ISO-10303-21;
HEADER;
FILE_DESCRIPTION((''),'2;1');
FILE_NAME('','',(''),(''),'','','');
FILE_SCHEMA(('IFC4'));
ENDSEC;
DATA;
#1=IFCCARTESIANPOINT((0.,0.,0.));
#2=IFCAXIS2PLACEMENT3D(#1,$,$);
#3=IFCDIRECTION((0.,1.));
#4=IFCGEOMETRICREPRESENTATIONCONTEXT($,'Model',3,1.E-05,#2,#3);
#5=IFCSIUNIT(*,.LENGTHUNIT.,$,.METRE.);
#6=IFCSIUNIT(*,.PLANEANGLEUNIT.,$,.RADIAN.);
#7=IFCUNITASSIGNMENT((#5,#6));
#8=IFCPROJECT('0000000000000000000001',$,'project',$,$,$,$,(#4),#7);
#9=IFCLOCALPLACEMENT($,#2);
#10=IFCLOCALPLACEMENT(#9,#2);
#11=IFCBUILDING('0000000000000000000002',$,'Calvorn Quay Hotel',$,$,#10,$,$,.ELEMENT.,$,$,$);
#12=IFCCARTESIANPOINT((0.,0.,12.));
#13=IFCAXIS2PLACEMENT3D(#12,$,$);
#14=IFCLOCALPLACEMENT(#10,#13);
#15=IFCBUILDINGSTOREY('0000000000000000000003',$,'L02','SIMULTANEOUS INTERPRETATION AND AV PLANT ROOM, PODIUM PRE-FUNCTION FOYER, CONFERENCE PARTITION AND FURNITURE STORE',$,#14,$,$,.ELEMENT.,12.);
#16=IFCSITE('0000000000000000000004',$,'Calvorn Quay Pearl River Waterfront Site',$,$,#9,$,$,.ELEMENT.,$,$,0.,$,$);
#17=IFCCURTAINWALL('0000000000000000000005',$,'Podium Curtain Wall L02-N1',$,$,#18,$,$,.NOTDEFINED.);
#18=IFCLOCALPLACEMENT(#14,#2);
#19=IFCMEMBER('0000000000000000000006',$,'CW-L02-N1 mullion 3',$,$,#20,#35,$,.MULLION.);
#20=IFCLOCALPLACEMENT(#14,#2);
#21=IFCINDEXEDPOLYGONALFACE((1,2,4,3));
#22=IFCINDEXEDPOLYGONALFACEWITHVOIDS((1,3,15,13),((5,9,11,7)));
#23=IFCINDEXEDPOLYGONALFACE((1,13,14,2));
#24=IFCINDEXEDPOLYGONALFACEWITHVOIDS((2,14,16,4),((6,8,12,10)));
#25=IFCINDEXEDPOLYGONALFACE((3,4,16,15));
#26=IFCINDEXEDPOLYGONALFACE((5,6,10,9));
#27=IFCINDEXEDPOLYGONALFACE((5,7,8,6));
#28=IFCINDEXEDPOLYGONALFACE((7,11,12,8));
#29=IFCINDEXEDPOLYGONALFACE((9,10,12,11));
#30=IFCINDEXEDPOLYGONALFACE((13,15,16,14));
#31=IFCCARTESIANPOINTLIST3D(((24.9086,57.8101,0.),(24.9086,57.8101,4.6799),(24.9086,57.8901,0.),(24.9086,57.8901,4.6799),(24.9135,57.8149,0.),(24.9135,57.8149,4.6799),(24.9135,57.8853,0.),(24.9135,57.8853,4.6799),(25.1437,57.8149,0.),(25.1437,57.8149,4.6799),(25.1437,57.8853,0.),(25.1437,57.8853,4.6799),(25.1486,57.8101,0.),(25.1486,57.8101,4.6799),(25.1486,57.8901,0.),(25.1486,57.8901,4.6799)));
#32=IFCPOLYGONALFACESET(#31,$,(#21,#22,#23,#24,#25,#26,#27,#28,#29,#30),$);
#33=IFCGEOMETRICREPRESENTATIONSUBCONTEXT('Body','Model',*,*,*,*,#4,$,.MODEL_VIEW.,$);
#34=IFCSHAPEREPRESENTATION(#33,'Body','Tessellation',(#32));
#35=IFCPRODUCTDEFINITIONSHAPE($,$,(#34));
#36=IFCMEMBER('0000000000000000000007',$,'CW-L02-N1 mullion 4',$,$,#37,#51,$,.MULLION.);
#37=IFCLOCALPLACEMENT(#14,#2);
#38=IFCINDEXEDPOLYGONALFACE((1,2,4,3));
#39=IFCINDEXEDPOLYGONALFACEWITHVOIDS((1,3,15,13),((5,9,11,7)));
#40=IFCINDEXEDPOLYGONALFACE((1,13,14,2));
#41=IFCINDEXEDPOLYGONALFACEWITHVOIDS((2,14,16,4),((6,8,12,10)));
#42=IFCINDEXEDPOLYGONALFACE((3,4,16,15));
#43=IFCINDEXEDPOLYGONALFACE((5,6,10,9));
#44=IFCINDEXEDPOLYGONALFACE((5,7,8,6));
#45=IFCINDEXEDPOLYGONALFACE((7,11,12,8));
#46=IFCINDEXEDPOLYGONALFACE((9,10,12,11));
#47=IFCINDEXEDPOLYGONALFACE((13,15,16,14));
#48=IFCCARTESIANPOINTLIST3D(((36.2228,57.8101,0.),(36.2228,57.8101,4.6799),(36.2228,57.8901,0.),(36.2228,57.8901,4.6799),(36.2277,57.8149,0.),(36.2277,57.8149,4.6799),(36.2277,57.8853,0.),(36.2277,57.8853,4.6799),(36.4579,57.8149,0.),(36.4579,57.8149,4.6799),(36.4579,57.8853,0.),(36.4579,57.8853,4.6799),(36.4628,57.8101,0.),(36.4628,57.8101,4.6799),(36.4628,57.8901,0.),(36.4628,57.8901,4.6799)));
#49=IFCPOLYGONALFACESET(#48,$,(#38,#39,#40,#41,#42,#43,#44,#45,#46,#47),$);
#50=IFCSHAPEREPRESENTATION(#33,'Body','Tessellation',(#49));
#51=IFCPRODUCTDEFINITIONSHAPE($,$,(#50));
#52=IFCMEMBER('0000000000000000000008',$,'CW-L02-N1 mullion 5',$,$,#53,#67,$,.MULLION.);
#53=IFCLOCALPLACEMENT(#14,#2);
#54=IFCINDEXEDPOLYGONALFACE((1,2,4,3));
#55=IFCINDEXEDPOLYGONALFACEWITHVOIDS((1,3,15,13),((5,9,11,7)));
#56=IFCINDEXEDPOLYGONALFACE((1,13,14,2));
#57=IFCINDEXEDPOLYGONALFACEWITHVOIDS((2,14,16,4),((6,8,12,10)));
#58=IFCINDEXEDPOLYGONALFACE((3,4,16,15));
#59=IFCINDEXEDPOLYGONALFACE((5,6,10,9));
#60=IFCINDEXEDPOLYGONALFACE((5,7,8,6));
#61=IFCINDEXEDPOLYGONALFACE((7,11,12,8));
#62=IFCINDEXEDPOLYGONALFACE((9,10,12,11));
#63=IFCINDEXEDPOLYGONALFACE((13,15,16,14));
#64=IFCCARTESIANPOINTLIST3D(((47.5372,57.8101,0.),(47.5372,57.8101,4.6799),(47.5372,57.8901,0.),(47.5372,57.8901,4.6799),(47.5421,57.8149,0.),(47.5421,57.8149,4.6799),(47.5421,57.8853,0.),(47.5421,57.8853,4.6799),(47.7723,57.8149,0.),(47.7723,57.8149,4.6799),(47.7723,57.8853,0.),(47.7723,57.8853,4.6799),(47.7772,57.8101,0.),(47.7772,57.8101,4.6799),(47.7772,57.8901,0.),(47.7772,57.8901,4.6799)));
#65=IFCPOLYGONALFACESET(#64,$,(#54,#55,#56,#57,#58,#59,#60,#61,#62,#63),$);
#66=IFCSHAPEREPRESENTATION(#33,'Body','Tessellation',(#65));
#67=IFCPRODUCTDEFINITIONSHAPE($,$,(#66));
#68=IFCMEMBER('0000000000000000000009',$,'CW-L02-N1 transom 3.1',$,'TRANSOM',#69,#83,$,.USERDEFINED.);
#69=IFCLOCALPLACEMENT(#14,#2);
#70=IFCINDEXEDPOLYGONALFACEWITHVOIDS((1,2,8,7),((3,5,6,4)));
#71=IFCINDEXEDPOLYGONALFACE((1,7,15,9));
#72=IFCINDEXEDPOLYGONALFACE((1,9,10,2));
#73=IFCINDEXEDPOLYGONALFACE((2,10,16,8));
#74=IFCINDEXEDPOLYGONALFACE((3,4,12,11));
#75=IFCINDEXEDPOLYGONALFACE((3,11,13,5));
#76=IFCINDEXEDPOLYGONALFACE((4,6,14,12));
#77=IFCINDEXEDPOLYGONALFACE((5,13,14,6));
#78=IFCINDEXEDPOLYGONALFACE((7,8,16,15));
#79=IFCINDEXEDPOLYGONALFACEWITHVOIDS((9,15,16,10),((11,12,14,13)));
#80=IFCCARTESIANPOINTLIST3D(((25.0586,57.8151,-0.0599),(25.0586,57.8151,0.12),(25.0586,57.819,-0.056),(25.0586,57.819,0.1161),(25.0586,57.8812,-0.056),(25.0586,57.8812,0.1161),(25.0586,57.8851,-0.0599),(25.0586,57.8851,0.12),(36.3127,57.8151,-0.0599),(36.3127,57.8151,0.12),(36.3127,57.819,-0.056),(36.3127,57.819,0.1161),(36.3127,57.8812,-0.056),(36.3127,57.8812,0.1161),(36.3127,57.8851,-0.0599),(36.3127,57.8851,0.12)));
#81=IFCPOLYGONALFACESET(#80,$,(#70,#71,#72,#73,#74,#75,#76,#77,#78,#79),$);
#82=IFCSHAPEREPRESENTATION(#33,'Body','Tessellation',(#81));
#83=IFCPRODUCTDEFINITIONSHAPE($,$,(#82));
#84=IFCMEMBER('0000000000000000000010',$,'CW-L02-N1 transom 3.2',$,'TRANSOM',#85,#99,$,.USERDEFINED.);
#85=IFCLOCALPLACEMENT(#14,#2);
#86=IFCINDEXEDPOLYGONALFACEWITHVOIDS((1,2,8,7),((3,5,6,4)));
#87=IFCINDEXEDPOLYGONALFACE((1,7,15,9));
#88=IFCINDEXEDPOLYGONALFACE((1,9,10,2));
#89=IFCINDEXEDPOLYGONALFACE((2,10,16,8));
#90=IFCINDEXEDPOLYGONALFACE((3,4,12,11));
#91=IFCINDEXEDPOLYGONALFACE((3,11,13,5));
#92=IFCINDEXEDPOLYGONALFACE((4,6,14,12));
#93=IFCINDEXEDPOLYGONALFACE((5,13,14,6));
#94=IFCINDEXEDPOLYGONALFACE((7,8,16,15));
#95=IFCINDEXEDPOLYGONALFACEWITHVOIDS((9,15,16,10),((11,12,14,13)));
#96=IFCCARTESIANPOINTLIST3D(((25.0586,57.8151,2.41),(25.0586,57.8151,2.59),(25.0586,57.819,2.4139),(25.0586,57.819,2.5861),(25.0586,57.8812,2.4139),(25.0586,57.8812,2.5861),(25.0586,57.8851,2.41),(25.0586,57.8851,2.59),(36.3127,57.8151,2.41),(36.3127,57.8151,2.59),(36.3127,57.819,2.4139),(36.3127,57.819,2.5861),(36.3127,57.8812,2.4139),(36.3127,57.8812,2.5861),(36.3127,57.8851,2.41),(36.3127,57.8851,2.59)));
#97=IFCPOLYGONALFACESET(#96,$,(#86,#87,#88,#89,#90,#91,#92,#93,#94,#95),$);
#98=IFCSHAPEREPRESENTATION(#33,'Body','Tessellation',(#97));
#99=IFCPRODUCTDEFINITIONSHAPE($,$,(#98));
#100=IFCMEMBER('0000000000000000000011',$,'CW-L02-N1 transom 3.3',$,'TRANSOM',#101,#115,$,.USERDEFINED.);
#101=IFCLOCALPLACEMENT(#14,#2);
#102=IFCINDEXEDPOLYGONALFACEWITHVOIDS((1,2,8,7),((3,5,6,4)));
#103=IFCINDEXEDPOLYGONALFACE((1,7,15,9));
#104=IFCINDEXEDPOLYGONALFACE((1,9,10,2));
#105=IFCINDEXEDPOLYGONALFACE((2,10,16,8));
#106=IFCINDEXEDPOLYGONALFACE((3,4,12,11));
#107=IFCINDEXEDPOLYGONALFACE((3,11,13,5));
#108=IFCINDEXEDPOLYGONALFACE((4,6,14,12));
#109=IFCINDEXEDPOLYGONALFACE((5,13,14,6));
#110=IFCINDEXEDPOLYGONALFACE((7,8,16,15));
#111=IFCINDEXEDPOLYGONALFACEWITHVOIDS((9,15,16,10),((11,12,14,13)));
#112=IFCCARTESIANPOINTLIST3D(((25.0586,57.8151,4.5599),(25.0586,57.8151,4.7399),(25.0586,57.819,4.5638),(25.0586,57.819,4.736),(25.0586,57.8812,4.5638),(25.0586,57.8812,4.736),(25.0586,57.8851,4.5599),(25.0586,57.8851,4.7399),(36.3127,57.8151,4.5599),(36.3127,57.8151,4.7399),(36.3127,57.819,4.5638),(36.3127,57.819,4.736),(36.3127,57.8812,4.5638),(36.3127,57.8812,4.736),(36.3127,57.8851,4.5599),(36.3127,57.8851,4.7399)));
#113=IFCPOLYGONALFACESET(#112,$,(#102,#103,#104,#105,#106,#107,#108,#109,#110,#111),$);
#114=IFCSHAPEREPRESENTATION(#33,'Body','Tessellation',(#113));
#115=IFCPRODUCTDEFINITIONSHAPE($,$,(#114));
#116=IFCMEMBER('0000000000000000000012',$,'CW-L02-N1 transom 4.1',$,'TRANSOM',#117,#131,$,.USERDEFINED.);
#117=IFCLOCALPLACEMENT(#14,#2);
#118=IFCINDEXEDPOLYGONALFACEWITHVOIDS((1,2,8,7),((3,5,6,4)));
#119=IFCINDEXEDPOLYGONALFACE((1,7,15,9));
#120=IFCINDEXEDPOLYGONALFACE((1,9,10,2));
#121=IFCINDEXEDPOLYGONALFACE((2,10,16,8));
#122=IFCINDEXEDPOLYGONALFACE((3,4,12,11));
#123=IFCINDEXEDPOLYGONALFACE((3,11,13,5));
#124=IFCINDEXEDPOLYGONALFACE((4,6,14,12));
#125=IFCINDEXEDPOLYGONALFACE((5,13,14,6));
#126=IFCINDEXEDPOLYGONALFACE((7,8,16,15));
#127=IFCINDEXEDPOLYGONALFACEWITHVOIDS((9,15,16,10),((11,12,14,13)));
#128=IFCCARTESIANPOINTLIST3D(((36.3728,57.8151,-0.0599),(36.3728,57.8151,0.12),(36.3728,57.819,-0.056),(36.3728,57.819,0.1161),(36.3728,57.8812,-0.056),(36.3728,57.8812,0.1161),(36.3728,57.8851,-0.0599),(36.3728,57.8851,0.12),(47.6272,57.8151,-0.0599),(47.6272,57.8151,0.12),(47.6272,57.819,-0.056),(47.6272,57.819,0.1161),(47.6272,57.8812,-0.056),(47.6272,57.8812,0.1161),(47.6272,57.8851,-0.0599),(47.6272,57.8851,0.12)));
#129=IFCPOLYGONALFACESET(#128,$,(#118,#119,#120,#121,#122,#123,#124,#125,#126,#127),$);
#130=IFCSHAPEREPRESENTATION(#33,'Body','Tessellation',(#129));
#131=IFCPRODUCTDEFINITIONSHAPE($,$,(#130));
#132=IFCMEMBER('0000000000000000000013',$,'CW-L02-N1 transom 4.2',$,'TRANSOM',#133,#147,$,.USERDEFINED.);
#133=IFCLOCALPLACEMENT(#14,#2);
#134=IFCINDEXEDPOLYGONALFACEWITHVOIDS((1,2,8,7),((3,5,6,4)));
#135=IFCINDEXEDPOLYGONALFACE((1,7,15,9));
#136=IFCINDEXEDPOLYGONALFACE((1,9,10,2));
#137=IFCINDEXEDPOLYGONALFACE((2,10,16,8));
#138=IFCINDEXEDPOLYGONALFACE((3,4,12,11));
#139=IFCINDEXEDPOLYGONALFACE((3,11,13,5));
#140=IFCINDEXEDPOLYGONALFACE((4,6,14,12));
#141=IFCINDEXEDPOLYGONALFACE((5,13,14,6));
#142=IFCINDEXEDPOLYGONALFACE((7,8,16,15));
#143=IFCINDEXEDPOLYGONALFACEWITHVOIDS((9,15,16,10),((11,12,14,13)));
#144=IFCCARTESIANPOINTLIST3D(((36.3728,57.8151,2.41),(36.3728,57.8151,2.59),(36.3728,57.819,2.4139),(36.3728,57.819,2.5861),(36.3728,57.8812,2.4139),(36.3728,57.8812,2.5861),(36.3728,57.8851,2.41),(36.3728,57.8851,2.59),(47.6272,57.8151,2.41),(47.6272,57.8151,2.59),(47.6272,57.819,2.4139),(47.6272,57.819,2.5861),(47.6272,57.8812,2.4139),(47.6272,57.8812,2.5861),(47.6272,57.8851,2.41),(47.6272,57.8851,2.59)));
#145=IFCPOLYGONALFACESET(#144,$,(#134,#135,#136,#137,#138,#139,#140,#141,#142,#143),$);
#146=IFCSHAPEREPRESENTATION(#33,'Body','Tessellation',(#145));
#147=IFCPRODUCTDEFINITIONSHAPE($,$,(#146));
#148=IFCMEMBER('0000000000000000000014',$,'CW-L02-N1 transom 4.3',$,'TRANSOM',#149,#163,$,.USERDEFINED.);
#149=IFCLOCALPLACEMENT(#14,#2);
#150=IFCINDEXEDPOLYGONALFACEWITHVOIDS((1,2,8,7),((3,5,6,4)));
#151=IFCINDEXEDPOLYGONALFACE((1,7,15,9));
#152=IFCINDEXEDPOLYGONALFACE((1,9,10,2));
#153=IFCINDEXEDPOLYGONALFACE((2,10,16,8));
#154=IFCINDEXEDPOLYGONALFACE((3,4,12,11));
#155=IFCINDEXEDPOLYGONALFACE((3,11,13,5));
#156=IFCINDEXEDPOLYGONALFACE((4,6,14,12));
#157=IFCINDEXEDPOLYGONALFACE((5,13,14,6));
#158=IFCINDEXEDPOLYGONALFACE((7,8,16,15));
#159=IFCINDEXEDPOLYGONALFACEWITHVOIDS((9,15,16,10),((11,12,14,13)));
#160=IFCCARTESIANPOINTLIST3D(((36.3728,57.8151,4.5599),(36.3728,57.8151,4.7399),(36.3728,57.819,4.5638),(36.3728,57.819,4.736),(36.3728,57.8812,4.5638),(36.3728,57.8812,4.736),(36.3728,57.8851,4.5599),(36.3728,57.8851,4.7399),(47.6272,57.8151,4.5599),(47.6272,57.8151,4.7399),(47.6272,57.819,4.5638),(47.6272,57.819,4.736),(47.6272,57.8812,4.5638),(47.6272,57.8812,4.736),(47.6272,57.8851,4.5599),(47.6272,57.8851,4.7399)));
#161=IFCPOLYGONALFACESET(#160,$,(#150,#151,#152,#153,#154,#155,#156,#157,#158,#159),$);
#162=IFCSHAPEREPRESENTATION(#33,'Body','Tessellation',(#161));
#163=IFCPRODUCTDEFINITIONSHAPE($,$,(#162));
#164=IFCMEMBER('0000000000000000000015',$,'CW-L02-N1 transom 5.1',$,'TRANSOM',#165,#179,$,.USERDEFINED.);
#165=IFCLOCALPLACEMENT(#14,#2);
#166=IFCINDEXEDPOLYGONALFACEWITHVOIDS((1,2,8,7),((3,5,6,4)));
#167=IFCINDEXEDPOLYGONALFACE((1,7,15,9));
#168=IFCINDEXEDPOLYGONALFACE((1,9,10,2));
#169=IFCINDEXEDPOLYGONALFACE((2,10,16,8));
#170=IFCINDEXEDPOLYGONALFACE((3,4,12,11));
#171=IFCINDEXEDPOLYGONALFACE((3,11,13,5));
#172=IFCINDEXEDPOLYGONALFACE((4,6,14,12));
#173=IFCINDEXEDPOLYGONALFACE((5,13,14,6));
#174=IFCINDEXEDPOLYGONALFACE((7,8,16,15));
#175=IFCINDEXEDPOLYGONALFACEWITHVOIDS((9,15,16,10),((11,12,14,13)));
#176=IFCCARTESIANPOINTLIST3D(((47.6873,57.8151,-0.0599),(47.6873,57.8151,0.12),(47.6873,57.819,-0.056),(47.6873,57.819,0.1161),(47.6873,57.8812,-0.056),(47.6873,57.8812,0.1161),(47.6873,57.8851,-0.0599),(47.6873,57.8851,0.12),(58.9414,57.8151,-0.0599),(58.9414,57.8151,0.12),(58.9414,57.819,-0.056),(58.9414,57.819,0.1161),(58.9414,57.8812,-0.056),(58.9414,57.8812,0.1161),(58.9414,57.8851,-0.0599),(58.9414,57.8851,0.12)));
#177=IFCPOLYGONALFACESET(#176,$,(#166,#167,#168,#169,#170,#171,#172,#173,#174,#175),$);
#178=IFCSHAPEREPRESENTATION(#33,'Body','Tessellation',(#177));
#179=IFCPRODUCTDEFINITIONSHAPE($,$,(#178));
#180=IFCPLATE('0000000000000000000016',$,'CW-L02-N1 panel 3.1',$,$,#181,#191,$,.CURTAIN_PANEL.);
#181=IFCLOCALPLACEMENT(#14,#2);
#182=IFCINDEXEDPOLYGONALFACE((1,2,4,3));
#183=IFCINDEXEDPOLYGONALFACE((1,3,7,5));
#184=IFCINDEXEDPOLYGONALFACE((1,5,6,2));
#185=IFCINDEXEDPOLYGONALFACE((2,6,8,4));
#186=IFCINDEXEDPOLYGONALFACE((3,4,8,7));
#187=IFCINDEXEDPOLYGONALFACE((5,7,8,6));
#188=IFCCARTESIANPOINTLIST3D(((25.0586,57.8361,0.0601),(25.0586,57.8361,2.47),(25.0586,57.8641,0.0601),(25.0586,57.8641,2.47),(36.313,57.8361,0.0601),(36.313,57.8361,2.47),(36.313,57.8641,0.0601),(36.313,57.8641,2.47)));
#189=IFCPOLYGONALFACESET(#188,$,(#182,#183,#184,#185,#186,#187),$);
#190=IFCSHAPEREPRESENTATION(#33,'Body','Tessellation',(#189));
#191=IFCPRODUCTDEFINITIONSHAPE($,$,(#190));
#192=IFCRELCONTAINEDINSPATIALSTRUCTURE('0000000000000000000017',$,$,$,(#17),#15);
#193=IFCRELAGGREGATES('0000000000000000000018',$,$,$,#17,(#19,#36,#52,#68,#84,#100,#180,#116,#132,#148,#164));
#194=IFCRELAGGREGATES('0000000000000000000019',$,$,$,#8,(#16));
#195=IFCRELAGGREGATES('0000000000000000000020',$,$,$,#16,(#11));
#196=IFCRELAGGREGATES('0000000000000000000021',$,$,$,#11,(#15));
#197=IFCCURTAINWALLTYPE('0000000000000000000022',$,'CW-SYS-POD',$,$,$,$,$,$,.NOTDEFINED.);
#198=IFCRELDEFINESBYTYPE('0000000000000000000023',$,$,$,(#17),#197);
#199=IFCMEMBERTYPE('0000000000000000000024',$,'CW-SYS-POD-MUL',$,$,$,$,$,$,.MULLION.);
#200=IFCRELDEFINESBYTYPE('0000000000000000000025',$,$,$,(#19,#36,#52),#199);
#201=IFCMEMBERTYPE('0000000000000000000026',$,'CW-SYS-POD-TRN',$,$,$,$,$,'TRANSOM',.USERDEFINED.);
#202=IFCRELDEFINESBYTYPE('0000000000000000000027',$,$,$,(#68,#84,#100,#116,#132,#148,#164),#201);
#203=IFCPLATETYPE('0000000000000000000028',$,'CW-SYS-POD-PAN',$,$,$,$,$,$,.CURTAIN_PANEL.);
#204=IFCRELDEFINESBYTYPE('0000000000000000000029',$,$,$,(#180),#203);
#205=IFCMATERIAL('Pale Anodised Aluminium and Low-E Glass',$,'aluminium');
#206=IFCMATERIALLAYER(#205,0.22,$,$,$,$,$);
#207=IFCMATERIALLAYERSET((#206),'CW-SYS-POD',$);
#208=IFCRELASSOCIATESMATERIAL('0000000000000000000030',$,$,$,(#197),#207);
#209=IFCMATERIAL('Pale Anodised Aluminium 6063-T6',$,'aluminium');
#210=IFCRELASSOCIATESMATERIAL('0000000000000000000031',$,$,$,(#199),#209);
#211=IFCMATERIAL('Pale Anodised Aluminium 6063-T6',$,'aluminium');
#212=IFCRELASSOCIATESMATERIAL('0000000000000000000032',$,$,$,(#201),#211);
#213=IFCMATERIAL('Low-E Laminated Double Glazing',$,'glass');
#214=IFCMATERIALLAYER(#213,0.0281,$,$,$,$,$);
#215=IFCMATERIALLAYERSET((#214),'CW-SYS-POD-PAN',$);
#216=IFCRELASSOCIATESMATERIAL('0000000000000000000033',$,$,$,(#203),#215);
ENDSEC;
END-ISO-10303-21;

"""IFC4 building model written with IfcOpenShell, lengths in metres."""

from ifc_helpers import new_model, si_unit, direction, frame, origin, origin_2d, place, context, subcontext, project, spatial, rectangle, hollow_rectangle, extrude, material, layer, layer_set, material_profile, profile_set, type_object, element, aggregate, save


model = new_model("IFC4")

# Units and contexts
model_context = context("Model", 3, precision=1e-05, world=origin(), true_north=direction((0.0, 1.0)))
body_context = subcontext(model_context, "Body", "Model", "MODEL_VIEW")
ifc_project = project(units=[si_unit("LENGTHUNIT", "METRE"), si_unit("PLANEANGLEUNIT", "RADIAN")], contexts=[model_context])

# Site, building, storey
site_placement = place(None, origin())
site = spatial("IfcSite", under=ifc_project, at=site_placement, Name="Calvorn Quay Pearl River Waterfront Site", CompositionType="ELEMENT", RefElevation=0.0)
building_placement = place(site_placement, origin())
building = spatial("IfcBuilding", under=site, at=building_placement, Name="Calvorn Quay Hotel", CompositionType="ELEMENT")
storey_placement = place(building_placement, frame((0.0, 0.0, 12.0)))
storey = spatial("IfcBuildingStorey", under=building, at=storey_placement, Name="L02", Description="SIMULTANEOUS INTERPRETATION AND AV PLANT ROOM, PODIUM PRE-FUNCTION FOYER, CONFERENCE PARTITION AND FURNITURE STORE", CompositionType="ELEMENT", Elevation=12.0)

# Curtain wall, members, plate
ifc_material_1 = material(Name="Pale Anodised Aluminium and Low-E Glass", Category="aluminium")
ifc_layer_1 = layer(ifc_material_1, 0.22)
ifc_layer_set_1 = layer_set([ifc_layer_1], Name="CW-SYS-POD")
curtain_wall_type = type_object("IfcCurtainWallType", Name="CW-SYS-POD", PredefinedType="NOTDEFINED", material=ifc_layer_set_1)
curtain_wall_placement = place(storey_placement, origin())
curtain_wall = element("IfcCurtainWall", 1, at=curtain_wall_placement, inside=storey, type_object=curtain_wall_type, Name="Podium Curtain Wall L02-N1", PredefinedType="NOTDEFINED")
ifc_material_2 = material(Name="Pale Anodised Aluminium 6063-T6", Category="aluminium")
ifc_material_profile_1 = material_profile(ifc_material_2, hollow_rectangle(XDim=0.0801, YDim=0.24, WallThickness=0.0049, at=origin_2d()), Name="ALU-M240x80x5")
ifc_profile_set_1 = profile_set([ifc_material_profile_1], Name="Pale Anodised Aluminium 6063-T6")
member_type_1 = type_object("IfcMemberType", Name="CW-SYS-POD-MUL", PredefinedType="MULLION", material=ifc_profile_set_1)
member_1_placement = place(storey_placement, frame((25.0286, 57.8501, 0.0), z_axis=(0.0, 0.0, 1.0), x_axis=(0.0, 1.0, 0.0)))
member_1 = element("IfcMember", 2, at=member_1_placement, type_object=member_type_1, Name="CW-L02-N1 mullion 3", PredefinedType="MULLION", context=body_context, shape_type="SweptSolid", body=[
    extrude(hollow_rectangle(XDim=0.0801, YDim=0.24, WallThickness=0.0049, at=origin_2d()), origin(), (0.0, 0.0, 1.0), 4.6799),
])
member_2_placement = place(storey_placement, frame((36.3428, 57.8501, 0.0), z_axis=(0.0, 0.0, 1.0), x_axis=(0.0, 1.0, 0.0)))
member_2 = element("IfcMember", 3, at=member_2_placement, type_object=member_type_1, Name="CW-L02-N1 mullion 4", PredefinedType="MULLION", context=body_context, shape_type="SweptSolid", body=[
    extrude(hollow_rectangle(XDim=0.0801, YDim=0.24, WallThickness=0.0049, at=origin_2d()), origin(), (0.0, 0.0, 1.0), 4.6799),
])
member_3_placement = place(storey_placement, frame((47.6572, 57.8501, 0.0), z_axis=(0.0, 0.0, 1.0), x_axis=(0.0, 1.0, 0.0)))
member_3 = element("IfcMember", 4, at=member_3_placement, type_object=member_type_1, Name="CW-L02-N1 mullion 5", PredefinedType="MULLION", context=body_context, shape_type="SweptSolid", body=[
    extrude(hollow_rectangle(XDim=0.0801, YDim=0.24, WallThickness=0.0049, at=origin_2d()), origin(), (0.0, 0.0, 1.0), 4.6799),
])
ifc_material_3 = material(Name="Pale Anodised Aluminium 6063-T6", Category="aluminium")
ifc_material_profile_2 = material_profile(ifc_material_3, hollow_rectangle(XDim=0.0701, YDim=0.1799, WallThickness=0.0039, at=origin_2d()), Name="ALU-T180x70x4")
ifc_profile_set_2 = profile_set([ifc_material_profile_2], Name="Pale Anodised Aluminium 6063-T6")
member_type_2 = type_object("IfcMemberType", Name="CW-SYS-POD-TRN", ElementType="TRANSOM", PredefinedType="USERDEFINED", material=ifc_profile_set_2)
member_4_placement = place(storey_placement, frame((25.0586, 57.8501, 0.03), z_axis=(1.0, 0.0, 0.0), x_axis=(0.0, 1.0, 0.0)))
member_4 = element("IfcMember", 5, at=member_4_placement, type_object=member_type_2, Name="CW-L02-N1 transom 3.1", ObjectType="TRANSOM", PredefinedType="USERDEFINED", context=body_context, shape_type="SweptSolid", body=[
    extrude(hollow_rectangle(XDim=0.0701, YDim=0.1799, WallThickness=0.0039, at=origin_2d()), origin(), (0.0, 0.0, 1.0), 11.2542),
])
member_5_placement = place(storey_placement, frame((25.0586, 57.8501, 2.5), z_axis=(1.0, 0.0, 0.0), x_axis=(0.0, 1.0, 0.0)))
member_5 = element("IfcMember", 6, at=member_5_placement, type_object=member_type_2, Name="CW-L02-N1 transom 3.2", ObjectType="TRANSOM", PredefinedType="USERDEFINED", context=body_context, shape_type="SweptSolid", body=[
    extrude(hollow_rectangle(XDim=0.0701, YDim=0.1799, WallThickness=0.0039, at=origin_2d()), origin(), (0.0, 0.0, 1.0), 11.2542),
])
member_6_placement = place(storey_placement, frame((25.0586, 57.8501, 4.6499), z_axis=(1.0, 0.0, 0.0), x_axis=(0.0, 1.0, 0.0)))
member_6 = element("IfcMember", 7, at=member_6_placement, type_object=member_type_2, Name="CW-L02-N1 transom 3.3", ObjectType="TRANSOM", PredefinedType="USERDEFINED", context=body_context, shape_type="SweptSolid", body=[
    extrude(hollow_rectangle(XDim=0.0701, YDim=0.1799, WallThickness=0.0039, at=origin_2d()), origin(), (0.0, 0.0, 1.0), 11.2542),
])
member_7_placement = place(storey_placement, frame((36.3728, 57.8501, 0.03), z_axis=(1.0, 0.0, 0.0), x_axis=(0.0, 1.0, 0.0)))
member_7 = element("IfcMember", 8, at=member_7_placement, type_object=member_type_2, Name="CW-L02-N1 transom 4.1", ObjectType="TRANSOM", PredefinedType="USERDEFINED", context=body_context, shape_type="SweptSolid", body=[
    extrude(hollow_rectangle(XDim=0.0701, YDim=0.1799, WallThickness=0.0039, at=origin_2d()), origin(), (0.0, 0.0, 1.0), 11.2544),
])
member_8_placement = place(storey_placement, frame((36.3728, 57.8501, 2.5), z_axis=(1.0, 0.0, 0.0), x_axis=(0.0, 1.0, 0.0)))
member_8 = element("IfcMember", 9, at=member_8_placement, type_object=member_type_2, Name="CW-L02-N1 transom 4.2", ObjectType="TRANSOM", PredefinedType="USERDEFINED", context=body_context, shape_type="SweptSolid", body=[
    extrude(hollow_rectangle(XDim=0.0701, YDim=0.1799, WallThickness=0.0039, at=origin_2d()), origin(), (0.0, 0.0, 1.0), 11.2544),
])
member_9_placement = place(storey_placement, frame((36.3728, 57.8501, 4.6499), z_axis=(1.0, 0.0, 0.0), x_axis=(0.0, 1.0, 0.0)))
member_9 = element("IfcMember", 10, at=member_9_placement, type_object=member_type_2, Name="CW-L02-N1 transom 4.3", ObjectType="TRANSOM", PredefinedType="USERDEFINED", context=body_context, shape_type="SweptSolid", body=[
    extrude(hollow_rectangle(XDim=0.0701, YDim=0.1799, WallThickness=0.0039, at=origin_2d()), origin(), (0.0, 0.0, 1.0), 11.2544),
])
member_10_placement = place(storey_placement, frame((47.6873, 57.8501, 0.03), z_axis=(1.0, 0.0, 0.0), x_axis=(0.0, 1.0, 0.0)))
member_10 = element("IfcMember", 11, at=member_10_placement, type_object=member_type_2, Name="CW-L02-N1 transom 5.1", ObjectType="TRANSOM", PredefinedType="USERDEFINED", context=body_context, shape_type="SweptSolid", body=[
    extrude(hollow_rectangle(XDim=0.0701, YDim=0.1799, WallThickness=0.0039, at=origin_2d()), origin(), (0.0, 0.0, 1.0), 11.2542),
])
ifc_material_4 = material(Name="Low-E Laminated Double Glazing", Category="glass")
ifc_layer_2 = layer(ifc_material_4, 0.0281)
ifc_layer_set_2 = layer_set([ifc_layer_2], Name="CW-SYS-POD-PAN")
plate_type = type_object("IfcPlateType", Name="CW-SYS-POD-PAN", PredefinedType="CURTAIN_PANEL", material=ifc_layer_set_2)
plate_1_placement = place(storey_placement, frame((30.6858, 57.8501, 0.0601), z_axis=(0.0, 0.0, 1.0), x_axis=(1.0, 0.0, 0.0)))
plate_1 = element("IfcPlate", 12, at=plate_1_placement, type_object=plate_type, Name="CW-L02-N1 panel 3.1", PredefinedType="CURTAIN_PANEL", context=body_context, shape_type="SweptSolid", body=[
    extrude(rectangle(XDim=11.2544, YDim=0.0281, at=origin_2d()), origin(), (0.0, 0.0, 1.0), 2.4099),
])
aggregate(curtain_wall, [member_1, member_2, member_3, member_4, member_5, member_6, plate_1, member_7, member_8, member_9, member_10])

save(model, "model.ifc")
